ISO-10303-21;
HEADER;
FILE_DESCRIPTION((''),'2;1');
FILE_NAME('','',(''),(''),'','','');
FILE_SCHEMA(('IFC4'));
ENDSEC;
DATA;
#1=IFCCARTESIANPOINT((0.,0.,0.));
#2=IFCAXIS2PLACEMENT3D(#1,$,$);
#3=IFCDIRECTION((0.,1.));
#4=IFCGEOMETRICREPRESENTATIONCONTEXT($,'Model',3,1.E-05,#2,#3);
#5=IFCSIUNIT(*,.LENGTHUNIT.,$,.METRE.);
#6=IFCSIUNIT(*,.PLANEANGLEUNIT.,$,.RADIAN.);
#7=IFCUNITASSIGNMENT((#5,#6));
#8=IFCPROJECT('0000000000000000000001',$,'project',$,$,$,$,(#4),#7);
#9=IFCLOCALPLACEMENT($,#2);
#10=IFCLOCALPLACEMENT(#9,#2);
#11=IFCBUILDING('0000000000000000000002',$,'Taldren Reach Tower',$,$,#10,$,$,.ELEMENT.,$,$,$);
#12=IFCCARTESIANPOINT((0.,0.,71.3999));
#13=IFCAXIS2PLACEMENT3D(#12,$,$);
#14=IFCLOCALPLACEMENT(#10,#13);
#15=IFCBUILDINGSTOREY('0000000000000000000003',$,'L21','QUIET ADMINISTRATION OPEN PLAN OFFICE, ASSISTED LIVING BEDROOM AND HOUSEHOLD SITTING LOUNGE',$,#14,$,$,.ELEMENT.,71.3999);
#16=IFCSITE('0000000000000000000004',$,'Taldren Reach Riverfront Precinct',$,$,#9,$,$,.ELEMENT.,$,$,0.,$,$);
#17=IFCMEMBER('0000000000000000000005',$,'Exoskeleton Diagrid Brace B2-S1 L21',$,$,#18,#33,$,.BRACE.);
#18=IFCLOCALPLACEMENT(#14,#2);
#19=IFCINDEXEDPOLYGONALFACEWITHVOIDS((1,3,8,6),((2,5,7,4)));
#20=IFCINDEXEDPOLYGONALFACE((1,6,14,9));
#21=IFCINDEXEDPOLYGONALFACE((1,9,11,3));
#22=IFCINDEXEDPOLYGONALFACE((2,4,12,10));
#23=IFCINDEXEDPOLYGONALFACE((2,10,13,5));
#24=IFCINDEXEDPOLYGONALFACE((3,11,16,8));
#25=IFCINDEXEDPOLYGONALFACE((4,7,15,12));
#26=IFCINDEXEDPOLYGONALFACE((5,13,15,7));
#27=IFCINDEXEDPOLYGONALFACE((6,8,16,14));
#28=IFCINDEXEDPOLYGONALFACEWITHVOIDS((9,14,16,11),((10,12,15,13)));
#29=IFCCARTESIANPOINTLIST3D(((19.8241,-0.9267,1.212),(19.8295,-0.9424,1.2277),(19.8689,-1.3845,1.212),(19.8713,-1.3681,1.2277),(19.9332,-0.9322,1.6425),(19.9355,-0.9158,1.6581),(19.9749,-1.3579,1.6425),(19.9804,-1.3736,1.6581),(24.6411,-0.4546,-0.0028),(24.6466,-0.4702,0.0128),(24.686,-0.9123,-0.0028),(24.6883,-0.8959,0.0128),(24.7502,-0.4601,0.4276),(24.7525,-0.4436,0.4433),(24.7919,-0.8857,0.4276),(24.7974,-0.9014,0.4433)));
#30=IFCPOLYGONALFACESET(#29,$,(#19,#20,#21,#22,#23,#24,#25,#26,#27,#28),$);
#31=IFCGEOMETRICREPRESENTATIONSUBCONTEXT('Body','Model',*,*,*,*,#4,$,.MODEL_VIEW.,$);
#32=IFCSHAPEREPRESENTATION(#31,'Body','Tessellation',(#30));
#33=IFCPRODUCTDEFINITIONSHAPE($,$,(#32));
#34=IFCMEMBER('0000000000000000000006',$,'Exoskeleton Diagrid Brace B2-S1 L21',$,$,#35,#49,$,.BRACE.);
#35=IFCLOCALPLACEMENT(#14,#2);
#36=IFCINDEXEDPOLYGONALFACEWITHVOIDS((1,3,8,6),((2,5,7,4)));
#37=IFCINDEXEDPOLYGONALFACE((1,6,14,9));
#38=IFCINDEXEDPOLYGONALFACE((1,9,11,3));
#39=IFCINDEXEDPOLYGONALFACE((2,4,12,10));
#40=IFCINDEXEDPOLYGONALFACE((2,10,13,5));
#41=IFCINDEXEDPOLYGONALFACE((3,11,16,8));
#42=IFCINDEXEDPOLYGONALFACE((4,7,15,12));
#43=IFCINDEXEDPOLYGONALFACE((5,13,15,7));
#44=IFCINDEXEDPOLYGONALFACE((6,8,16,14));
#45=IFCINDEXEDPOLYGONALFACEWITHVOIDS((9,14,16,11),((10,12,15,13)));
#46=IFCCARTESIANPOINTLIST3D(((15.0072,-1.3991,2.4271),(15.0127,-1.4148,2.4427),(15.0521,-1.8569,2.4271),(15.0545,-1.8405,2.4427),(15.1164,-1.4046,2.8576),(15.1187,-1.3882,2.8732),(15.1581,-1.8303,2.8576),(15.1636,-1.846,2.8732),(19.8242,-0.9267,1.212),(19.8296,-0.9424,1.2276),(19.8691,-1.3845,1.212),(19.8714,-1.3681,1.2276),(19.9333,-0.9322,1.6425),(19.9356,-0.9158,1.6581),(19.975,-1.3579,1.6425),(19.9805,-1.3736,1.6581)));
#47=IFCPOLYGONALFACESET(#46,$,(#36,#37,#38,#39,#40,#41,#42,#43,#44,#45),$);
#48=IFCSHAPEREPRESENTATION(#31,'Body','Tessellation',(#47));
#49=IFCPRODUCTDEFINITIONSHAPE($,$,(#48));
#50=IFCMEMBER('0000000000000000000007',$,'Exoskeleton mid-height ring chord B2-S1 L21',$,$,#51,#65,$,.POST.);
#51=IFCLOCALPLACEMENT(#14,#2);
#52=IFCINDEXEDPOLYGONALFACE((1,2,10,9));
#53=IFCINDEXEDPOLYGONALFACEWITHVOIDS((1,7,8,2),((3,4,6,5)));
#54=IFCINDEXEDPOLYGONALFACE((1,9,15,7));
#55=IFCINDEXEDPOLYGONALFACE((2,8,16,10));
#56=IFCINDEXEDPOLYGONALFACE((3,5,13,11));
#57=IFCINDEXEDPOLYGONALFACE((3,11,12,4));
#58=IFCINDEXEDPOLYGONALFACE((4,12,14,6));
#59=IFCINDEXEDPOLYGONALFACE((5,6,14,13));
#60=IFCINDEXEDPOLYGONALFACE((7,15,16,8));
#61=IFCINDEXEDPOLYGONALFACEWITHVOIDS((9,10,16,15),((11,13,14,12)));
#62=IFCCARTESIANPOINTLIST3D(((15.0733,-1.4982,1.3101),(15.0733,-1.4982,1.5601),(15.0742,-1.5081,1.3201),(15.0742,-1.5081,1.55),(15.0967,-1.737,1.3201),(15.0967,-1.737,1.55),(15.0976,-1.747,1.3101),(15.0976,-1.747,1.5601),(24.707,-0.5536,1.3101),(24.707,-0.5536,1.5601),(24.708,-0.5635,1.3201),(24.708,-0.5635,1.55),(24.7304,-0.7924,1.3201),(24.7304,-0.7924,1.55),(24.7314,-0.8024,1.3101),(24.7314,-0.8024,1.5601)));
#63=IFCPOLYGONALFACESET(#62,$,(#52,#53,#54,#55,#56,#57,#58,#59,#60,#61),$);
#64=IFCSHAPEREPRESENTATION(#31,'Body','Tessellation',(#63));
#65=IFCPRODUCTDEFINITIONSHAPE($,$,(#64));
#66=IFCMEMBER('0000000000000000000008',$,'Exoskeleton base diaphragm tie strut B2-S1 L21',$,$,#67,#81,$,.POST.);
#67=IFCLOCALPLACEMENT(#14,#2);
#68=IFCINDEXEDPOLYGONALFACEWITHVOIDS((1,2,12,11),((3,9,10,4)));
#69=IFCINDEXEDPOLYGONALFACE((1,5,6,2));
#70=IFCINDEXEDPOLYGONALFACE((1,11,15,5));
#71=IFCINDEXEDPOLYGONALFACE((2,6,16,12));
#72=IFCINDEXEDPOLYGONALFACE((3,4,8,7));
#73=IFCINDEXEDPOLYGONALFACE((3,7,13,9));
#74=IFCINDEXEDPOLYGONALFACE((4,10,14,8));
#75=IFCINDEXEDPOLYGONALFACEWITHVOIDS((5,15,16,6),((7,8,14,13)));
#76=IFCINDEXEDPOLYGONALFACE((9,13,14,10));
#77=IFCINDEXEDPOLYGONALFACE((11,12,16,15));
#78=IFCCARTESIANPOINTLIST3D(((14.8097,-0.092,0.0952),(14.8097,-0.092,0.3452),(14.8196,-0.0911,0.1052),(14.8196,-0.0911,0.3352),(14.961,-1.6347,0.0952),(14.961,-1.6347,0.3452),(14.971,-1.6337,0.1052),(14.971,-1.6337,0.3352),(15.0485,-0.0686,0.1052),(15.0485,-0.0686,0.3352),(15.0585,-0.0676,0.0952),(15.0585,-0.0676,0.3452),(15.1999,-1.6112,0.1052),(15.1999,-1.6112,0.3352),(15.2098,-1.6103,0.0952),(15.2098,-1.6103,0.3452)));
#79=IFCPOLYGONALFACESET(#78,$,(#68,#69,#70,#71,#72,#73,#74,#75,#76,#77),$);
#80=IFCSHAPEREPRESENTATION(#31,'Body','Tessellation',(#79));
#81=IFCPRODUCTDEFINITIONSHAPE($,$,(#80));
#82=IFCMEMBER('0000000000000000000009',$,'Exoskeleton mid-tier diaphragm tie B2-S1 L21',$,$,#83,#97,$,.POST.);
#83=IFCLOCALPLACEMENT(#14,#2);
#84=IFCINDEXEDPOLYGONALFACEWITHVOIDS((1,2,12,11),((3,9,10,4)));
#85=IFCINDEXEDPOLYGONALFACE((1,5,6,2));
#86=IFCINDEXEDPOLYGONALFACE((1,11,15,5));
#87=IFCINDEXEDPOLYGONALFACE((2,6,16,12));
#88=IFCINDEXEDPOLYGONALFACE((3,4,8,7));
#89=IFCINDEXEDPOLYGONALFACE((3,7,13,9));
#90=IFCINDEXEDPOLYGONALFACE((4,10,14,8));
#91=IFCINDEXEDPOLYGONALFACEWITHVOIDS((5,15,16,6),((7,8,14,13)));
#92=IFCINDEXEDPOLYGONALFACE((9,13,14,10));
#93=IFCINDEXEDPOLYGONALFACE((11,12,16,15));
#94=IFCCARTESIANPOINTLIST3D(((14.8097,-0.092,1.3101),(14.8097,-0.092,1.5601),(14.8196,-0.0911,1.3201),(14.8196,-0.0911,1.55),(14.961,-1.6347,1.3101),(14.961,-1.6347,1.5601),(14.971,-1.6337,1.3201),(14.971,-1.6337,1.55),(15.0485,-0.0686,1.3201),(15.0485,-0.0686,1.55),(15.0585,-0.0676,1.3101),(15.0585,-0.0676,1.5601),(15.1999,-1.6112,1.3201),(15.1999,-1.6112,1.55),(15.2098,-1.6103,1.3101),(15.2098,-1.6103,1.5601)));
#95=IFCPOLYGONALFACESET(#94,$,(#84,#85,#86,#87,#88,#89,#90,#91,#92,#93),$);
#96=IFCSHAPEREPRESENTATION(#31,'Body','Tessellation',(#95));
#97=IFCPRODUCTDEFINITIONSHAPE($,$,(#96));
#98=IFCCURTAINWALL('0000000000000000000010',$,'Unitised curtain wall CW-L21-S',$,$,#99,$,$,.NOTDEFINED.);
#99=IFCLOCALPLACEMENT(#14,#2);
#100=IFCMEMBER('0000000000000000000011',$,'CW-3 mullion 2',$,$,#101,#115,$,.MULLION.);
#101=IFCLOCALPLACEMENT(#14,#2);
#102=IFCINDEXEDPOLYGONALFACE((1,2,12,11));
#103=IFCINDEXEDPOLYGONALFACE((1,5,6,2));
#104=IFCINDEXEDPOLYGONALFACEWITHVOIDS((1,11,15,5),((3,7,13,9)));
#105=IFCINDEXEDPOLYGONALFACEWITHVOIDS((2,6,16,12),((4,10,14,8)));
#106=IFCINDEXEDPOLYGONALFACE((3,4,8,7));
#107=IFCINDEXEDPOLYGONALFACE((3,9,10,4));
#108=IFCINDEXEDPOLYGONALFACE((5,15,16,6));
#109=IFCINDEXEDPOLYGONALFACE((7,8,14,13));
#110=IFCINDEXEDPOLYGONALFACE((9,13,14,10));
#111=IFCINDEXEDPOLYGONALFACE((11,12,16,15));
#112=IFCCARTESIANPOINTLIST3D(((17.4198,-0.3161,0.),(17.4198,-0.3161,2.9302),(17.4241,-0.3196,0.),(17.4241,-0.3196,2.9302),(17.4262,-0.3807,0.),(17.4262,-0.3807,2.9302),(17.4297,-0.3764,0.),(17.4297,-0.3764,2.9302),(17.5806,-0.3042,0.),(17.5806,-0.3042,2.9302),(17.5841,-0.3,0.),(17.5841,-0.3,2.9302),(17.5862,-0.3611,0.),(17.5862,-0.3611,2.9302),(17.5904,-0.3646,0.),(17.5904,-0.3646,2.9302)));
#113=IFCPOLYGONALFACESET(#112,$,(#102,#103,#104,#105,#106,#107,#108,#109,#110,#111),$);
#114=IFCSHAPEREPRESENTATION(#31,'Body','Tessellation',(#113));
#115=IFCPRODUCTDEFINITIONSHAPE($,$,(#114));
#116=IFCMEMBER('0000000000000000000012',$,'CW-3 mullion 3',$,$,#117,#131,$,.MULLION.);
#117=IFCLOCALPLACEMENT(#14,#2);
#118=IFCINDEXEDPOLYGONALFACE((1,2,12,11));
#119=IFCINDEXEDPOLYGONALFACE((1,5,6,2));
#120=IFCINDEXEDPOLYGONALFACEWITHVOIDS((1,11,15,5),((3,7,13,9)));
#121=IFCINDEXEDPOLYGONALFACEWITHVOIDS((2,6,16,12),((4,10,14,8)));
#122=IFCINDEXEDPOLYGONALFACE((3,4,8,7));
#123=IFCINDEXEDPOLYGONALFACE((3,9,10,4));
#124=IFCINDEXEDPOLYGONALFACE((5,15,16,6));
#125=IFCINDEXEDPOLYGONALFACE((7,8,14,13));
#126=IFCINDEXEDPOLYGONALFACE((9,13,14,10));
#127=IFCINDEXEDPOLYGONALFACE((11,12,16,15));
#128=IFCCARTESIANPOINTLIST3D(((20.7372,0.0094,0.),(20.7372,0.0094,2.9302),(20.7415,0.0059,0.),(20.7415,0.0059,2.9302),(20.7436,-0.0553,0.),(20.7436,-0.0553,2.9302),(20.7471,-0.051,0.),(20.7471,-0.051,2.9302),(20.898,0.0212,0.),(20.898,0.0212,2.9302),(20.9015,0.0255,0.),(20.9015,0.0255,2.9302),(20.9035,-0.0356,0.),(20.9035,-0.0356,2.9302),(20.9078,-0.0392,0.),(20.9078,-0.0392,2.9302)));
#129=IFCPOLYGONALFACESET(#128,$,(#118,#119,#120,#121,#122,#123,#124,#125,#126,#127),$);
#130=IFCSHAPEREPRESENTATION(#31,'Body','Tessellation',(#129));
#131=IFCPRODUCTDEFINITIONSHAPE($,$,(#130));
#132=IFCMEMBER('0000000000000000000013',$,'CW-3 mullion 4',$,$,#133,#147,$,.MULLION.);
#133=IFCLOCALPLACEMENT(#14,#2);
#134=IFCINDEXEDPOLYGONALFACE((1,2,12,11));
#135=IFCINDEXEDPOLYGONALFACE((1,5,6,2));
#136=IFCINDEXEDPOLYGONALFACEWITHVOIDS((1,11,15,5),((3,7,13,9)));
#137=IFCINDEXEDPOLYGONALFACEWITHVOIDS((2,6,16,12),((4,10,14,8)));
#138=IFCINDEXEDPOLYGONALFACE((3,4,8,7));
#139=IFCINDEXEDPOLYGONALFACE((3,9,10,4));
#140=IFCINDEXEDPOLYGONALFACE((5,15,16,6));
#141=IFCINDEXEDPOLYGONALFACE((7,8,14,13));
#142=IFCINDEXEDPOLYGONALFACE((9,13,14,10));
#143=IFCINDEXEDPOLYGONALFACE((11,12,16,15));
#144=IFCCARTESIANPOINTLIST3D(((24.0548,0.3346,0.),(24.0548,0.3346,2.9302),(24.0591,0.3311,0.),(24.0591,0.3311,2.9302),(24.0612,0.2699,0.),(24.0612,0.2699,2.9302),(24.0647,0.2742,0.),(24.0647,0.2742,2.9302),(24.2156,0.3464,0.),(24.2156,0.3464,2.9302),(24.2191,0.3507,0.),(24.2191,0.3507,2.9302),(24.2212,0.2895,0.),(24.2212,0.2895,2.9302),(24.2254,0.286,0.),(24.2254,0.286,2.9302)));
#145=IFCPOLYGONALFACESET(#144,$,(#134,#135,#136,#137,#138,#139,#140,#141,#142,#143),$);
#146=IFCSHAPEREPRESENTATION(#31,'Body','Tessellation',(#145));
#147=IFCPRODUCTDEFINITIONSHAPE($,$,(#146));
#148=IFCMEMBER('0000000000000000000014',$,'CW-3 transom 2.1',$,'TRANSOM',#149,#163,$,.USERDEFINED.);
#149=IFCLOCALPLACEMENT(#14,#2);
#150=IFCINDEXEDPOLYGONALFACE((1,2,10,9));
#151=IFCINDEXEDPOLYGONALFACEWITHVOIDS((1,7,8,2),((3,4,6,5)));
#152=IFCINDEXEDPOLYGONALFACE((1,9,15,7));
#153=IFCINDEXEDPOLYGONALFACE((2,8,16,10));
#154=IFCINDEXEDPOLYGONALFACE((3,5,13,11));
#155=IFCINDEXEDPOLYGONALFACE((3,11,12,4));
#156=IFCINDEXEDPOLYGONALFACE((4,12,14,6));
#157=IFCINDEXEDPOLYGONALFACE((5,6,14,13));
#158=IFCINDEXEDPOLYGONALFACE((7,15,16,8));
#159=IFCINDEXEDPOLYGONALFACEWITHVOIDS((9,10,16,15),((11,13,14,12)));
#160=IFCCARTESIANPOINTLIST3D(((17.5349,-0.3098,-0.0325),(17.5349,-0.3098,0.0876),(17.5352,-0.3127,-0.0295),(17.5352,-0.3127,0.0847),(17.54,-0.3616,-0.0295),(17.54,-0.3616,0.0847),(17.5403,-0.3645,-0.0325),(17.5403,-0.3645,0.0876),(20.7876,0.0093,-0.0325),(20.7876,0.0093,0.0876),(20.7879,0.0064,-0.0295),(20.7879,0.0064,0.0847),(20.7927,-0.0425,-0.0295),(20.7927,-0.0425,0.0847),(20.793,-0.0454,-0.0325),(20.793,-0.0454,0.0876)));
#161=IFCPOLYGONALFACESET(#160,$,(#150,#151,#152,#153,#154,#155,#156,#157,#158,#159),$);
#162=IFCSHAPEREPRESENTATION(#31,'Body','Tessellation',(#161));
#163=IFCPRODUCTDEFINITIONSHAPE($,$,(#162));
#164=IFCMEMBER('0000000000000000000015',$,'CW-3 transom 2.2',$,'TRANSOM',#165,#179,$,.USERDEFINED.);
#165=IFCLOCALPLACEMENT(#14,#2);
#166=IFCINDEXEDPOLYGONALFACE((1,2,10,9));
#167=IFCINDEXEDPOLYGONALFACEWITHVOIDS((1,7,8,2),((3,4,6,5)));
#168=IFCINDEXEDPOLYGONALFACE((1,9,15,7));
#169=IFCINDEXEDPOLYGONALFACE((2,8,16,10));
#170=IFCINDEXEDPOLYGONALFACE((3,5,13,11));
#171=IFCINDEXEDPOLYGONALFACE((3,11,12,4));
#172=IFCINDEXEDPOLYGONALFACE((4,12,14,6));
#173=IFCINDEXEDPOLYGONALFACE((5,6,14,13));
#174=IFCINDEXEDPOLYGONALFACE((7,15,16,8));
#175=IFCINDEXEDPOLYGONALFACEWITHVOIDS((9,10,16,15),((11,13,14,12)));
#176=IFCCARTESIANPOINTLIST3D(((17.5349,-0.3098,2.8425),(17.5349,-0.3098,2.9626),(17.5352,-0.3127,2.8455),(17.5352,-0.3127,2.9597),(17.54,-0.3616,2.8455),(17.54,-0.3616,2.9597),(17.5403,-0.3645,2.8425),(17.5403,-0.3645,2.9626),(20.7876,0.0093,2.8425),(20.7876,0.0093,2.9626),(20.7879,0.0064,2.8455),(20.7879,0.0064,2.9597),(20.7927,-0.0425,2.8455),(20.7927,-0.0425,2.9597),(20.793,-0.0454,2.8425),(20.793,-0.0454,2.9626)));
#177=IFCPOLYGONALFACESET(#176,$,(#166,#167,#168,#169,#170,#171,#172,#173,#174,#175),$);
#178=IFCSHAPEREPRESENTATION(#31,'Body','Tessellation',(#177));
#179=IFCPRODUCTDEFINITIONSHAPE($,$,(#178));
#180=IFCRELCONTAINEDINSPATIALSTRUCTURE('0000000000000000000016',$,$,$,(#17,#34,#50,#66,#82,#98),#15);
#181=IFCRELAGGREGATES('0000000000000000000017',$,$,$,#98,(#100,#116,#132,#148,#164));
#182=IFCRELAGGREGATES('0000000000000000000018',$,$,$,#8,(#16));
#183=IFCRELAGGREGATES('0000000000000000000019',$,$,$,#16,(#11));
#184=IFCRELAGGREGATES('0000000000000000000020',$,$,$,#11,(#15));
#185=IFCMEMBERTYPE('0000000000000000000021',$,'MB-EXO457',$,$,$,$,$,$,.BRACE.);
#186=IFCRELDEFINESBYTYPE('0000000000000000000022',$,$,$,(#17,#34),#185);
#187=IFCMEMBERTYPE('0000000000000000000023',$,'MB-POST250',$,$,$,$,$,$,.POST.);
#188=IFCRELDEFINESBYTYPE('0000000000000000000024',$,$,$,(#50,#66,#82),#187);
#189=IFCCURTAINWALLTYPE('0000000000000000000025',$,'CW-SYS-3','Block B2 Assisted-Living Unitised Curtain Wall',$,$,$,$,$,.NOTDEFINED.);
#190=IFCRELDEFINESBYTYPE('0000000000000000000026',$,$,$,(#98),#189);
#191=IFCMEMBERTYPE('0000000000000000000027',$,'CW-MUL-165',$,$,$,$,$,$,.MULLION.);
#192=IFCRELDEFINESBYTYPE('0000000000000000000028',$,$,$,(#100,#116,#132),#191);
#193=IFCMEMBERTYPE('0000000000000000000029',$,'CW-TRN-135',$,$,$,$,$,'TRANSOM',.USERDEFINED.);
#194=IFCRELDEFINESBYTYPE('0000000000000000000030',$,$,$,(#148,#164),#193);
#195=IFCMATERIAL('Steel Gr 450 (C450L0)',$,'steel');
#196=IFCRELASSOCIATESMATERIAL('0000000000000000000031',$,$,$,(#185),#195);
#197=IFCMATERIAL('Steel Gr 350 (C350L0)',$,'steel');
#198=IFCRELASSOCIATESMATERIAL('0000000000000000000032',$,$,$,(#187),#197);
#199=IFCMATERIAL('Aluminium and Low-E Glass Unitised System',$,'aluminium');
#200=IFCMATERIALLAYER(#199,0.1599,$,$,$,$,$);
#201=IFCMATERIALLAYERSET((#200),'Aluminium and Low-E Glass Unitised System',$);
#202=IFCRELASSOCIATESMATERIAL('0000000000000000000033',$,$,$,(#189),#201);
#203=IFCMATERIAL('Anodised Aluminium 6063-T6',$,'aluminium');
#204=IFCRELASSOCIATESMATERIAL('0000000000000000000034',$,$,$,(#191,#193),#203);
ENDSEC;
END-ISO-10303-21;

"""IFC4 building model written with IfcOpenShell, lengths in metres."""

from ifc_helpers import new_model, si_unit, direction, frame, origin, origin_2d, place, context, subcontext, project, spatial, hollow_rectangle, extrude, source, transform, mapped, material, layer, layer_set, material_profile, profile_set, type_object, element, aggregate, save


model = new_model("IFC4")

# Units and contexts
model_context = context("Model", 3, precision=1e-05, world=origin(), true_north=direction((0.0, 1.0)))
body_context = subcontext(model_context, "Body", "Model", "MODEL_VIEW")
ifc_project = project(units=[si_unit("LENGTHUNIT", "METRE"), si_unit("PLANEANGLEUNIT", "RADIAN")], contexts=[model_context])

# Site, building, storey
site_placement = place(None, origin())
site = spatial("IfcSite", under=ifc_project, at=site_placement, Name="Taldren Reach Riverfront Precinct", CompositionType="ELEMENT", RefElevation=0.0)
building_placement = place(site_placement, origin())
building = spatial("IfcBuilding", under=site, at=building_placement, Name="Taldren Reach Tower", CompositionType="ELEMENT")
storey_placement = place(building_placement, frame((0.0, 0.0, 71.3999)))
storey = spatial("IfcBuildingStorey", under=building, at=storey_placement, Name="L21", Description="QUIET ADMINISTRATION OPEN PLAN OFFICE, ASSISTED LIVING BEDROOM AND HOUSEHOLD SITTING LOUNGE", CompositionType="ELEMENT", Elevation=71.3999)

# Members
ifc_material_1 = material(Name="Steel Gr 450 (C450L0)", Category="steel")
ifc_material_profile_1 = material_profile(ifc_material_1, hollow_rectangle(XDim=0.46, YDim=0.46, WallThickness=0.0161, at=origin_2d()), Name="460x460x16.0SHS")
ifc_profile_set_1 = profile_set([ifc_material_profile_1], Name="Steel Gr 450 (C450L0)")
member_type_1 = type_object("IfcMemberType", Name="MB-EXO457", PredefinedType="BRACE", material=ifc_profile_set_1)
shared_shape_1 = source(origin(), body_context, "Body", "SweptSolid", [
    extrude(hollow_rectangle(XDim=0.46, YDim=0.46, WallThickness=0.0161, at=origin_2d()), origin(), (0.0, 0.0, 1.0), 4.9902),
])
for number, where, z_axis, x_axis, name in (
    (1, (24.7192, -0.678, 0.2202), (-0.965287, -0.094621, 0.24345), (0.097556, -0.99523, 0.0), "Exoskeleton Diagrid Brace B2-S1 L21"),
    (2, (19.9023, -1.1501, 1.4351), (-0.965271, -0.094668, 0.243495), (0.097606, -0.995225, 0.0), "Exoskeleton Diagrid Brace B2-S1 L21"),
):
    element("IfcMember", number, at=place(storey_placement, frame(where, z_axis=z_axis, x_axis=x_axis)), inside=storey, type_object=member_type_1, Name=name, PredefinedType="BRACE", context=body_context, shape_type="MappedRepresentation", body=[
        mapped(shared_shape_1, transform((0.0, 0.0, 0.0), scale=1.0)),
    ])
ifc_material_2 = material(Name="Steel Gr 350 (C350L0)", Category="steel")
ifc_material_profile_2 = material_profile(ifc_material_2, hollow_rectangle(XDim=0.25, YDim=0.25, WallThickness=0.01, at=origin_2d()), Name="250x250x10.0SHS")
ifc_profile_set_2 = profile_set([ifc_material_profile_2], Name="Steel Gr 350 (C350L0)")
member_type_2 = type_object("IfcMemberType", Name="MB-POST250", PredefinedType="POST", material=ifc_profile_set_2)
shared_shape_2 = source(origin(), body_context, "Body", "SweptSolid", [
    extrude(hollow_rectangle(XDim=0.25, YDim=0.25, WallThickness=0.01, at=origin_2d()), origin(), (0.0, 0.0, 1.0), 9.6799),
])
member_1_placement = place(storey_placement, frame((15.0854, -1.6226, 1.4351), z_axis=(0.995228, 0.097581, 0.0), x_axis=(-0.097581, 0.995228, 0.0)))
element("IfcMember", 3, at=member_1_placement, inside=storey, type_object=member_type_2, Name="Exoskeleton mid-height ring chord B2-S1 L21", PredefinedType="POST", context=body_context, shape_type="MappedRepresentation", body=[
    mapped(shared_shape_2, transform((0.0, 0.0, 0.0), scale=1.0)),
])
shared_shape_3 = source(origin(), body_context, "Body", "SweptSolid", [
    extrude(hollow_rectangle(XDim=0.25, YDim=0.25, WallThickness=0.01, at=origin_2d()), origin(), (0.0, 0.0, 1.0), 1.55),
])
for number, where, z_axis, x_axis, name in (
    (4, (14.9341, -0.0798, 0.2202), (0.097648, -0.995221, 0.0), (0.995221, 0.097648, 0.0), "Exoskeleton base diaphragm tie strut B2-S1 L21"),
    (5, (14.9341, -0.0798, 1.4351), (0.097648, -0.995221, 0.0), (0.995221, 0.097648, 0.0), "Exoskeleton mid-tier diaphragm tie B2-S1 L21"),
):
    element("IfcMember", number, at=place(storey_placement, frame(where, z_axis=z_axis, x_axis=x_axis)), inside=storey, type_object=member_type_2, Name=name, PredefinedType="POST", context=body_context, shape_type="MappedRepresentation", body=[
        mapped(shared_shape_3, transform((0.0, 0.0, 0.0), scale=1.0)),
    ])

# Curtain wall, members
ifc_material_3 = material(Name="Aluminium and Low-E Glass Unitised System", Category="aluminium")
ifc_layer_1 = layer(ifc_material_3, 0.1599)
ifc_layer_set_1 = layer_set([ifc_layer_1], Name="Aluminium and Low-E Glass Unitised System")
curtain_wall_type = type_object("IfcCurtainWallType", Name="CW-SYS-3", Description="Block B2 Assisted-Living Unitised Curtain Wall", PredefinedType="NOTDEFINED", material=ifc_layer_set_1)
curtain_wall_placement = place(storey_placement, origin())
curtain_wall = element("IfcCurtainWall", 6, at=curtain_wall_placement, inside=storey, type_object=curtain_wall_type, Name="Unitised curtain wall CW-L21-S", PredefinedType="NOTDEFINED")
ifc_material_4 = material(Name="Anodised Aluminium 6063-T6", Category="aluminium")
ifc_material_profile_3 = material_profile(ifc_material_4, hollow_rectangle(XDim=0.0649, YDim=0.165, WallThickness=0.0039, at=origin_2d()), Name="ALU-165x65x4RHS")
ifc_profile_set_3 = profile_set([ifc_material_profile_3], Name="Anodised Aluminium 6063-T6")
member_type_3 = type_object("IfcMemberType", Name="CW-MUL-165", PredefinedType="MULLION", material=ifc_profile_set_3)
shared_shape_4 = source(origin(), body_context, "Body", "SweptSolid", [
    extrude(hollow_rectangle(XDim=0.0649, YDim=0.165, WallThickness=0.0039, at=origin_2d()), origin(), (0.0, 0.0, 1.0), 2.9302),
])
member_2_placement = place(storey_placement, frame((17.5051, -0.3403, 0.0), z_axis=(0.0, 0.0, 1.0), x_axis=(-0.097583, 0.995227, 0.0)))
member_2 = element("IfcMember", 7, at=member_2_placement, type_object=member_type_3, Name="CW-3 mullion 2", PredefinedType="MULLION", context=body_context, shape_type="MappedRepresentation", body=[
    mapped(shared_shape_4, transform((0.0, 0.0, 0.0), scale=1.0)),
])
member_3_placement = place(storey_placement, frame((20.8225, -0.0149, 0.0), z_axis=(0.0, 0.0, 1.0), x_axis=(-0.097583, 0.995227, 0.0)))
member_3 = element("IfcMember", 8, at=member_3_placement, type_object=member_type_3, Name="CW-3 mullion 3", PredefinedType="MULLION", context=body_context, shape_type="MappedRepresentation", body=[
    mapped(shared_shape_4, transform((0.0, 0.0, 0.0), scale=1.0)),
])
member_4_placement = place(storey_placement, frame((24.1401, 0.3103, 0.0), z_axis=(0.0, 0.0, 1.0), x_axis=(-0.097583, 0.995227, 0.0)))
member_4 = element("IfcMember", 9, at=member_4_placement, type_object=member_type_3, Name="CW-3 mullion 4", PredefinedType="MULLION", context=body_context, shape_type="MappedRepresentation", body=[
    mapped(shared_shape_4, transform((0.0, 0.0, 0.0), scale=1.0)),
])
ifc_material_profile_4 = material_profile(ifc_material_4, hollow_rectangle(XDim=0.0549, YDim=0.1201, WallThickness=0.0029, at=origin_2d()), Name="ALU-120x55x3RHS")
ifc_profile_set_4 = profile_set([ifc_material_profile_4], Name="Anodised Aluminium 6063-T6")
member_type_4 = type_object("IfcMemberType", Name="CW-TRN-135", ElementType="TRANSOM", PredefinedType="USERDEFINED", material=ifc_profile_set_4)
shared_shape_5 = source(origin(), body_context, "Body", "SweptSolid", [
    extrude(hollow_rectangle(XDim=0.0549, YDim=0.1201, WallThickness=0.0029, at=origin_2d()), origin(), (0.0, 0.0, 1.0), 3.2683),
])
member_5_placement = place(storey_placement, frame((17.5376, -0.3372, 0.0276), z_axis=(0.995223, 0.097632, 0.0), x_axis=(-0.097632, 0.995223, 0.0)))
member_5 = element("IfcMember", 10, at=member_5_placement, type_object=member_type_4, Name="CW-3 transom 2.1", ObjectType="TRANSOM", PredefinedType="USERDEFINED", context=body_context, shape_type="MappedRepresentation", body=[
    mapped(shared_shape_5, transform((0.0, 0.0, 0.0), scale=1.0)),
])
member_6_placement = place(storey_placement, frame((17.5376, -0.3372, 2.9026), z_axis=(0.995223, 0.097632, 0.0), x_axis=(-0.097632, 0.995223, 0.0)))
member_6 = element("IfcMember", 11, at=member_6_placement, type_object=member_type_4, Name="CW-3 transom 2.2", ObjectType="TRANSOM", PredefinedType="USERDEFINED", context=body_context, shape_type="MappedRepresentation", body=[
    mapped(shared_shape_5, transform((0.0, 0.0, 0.0), scale=1.0)),
])

aggregate(curtain_wall, [member_2, member_3, member_4, member_5, member_6])

save(model, "model.ifc")
